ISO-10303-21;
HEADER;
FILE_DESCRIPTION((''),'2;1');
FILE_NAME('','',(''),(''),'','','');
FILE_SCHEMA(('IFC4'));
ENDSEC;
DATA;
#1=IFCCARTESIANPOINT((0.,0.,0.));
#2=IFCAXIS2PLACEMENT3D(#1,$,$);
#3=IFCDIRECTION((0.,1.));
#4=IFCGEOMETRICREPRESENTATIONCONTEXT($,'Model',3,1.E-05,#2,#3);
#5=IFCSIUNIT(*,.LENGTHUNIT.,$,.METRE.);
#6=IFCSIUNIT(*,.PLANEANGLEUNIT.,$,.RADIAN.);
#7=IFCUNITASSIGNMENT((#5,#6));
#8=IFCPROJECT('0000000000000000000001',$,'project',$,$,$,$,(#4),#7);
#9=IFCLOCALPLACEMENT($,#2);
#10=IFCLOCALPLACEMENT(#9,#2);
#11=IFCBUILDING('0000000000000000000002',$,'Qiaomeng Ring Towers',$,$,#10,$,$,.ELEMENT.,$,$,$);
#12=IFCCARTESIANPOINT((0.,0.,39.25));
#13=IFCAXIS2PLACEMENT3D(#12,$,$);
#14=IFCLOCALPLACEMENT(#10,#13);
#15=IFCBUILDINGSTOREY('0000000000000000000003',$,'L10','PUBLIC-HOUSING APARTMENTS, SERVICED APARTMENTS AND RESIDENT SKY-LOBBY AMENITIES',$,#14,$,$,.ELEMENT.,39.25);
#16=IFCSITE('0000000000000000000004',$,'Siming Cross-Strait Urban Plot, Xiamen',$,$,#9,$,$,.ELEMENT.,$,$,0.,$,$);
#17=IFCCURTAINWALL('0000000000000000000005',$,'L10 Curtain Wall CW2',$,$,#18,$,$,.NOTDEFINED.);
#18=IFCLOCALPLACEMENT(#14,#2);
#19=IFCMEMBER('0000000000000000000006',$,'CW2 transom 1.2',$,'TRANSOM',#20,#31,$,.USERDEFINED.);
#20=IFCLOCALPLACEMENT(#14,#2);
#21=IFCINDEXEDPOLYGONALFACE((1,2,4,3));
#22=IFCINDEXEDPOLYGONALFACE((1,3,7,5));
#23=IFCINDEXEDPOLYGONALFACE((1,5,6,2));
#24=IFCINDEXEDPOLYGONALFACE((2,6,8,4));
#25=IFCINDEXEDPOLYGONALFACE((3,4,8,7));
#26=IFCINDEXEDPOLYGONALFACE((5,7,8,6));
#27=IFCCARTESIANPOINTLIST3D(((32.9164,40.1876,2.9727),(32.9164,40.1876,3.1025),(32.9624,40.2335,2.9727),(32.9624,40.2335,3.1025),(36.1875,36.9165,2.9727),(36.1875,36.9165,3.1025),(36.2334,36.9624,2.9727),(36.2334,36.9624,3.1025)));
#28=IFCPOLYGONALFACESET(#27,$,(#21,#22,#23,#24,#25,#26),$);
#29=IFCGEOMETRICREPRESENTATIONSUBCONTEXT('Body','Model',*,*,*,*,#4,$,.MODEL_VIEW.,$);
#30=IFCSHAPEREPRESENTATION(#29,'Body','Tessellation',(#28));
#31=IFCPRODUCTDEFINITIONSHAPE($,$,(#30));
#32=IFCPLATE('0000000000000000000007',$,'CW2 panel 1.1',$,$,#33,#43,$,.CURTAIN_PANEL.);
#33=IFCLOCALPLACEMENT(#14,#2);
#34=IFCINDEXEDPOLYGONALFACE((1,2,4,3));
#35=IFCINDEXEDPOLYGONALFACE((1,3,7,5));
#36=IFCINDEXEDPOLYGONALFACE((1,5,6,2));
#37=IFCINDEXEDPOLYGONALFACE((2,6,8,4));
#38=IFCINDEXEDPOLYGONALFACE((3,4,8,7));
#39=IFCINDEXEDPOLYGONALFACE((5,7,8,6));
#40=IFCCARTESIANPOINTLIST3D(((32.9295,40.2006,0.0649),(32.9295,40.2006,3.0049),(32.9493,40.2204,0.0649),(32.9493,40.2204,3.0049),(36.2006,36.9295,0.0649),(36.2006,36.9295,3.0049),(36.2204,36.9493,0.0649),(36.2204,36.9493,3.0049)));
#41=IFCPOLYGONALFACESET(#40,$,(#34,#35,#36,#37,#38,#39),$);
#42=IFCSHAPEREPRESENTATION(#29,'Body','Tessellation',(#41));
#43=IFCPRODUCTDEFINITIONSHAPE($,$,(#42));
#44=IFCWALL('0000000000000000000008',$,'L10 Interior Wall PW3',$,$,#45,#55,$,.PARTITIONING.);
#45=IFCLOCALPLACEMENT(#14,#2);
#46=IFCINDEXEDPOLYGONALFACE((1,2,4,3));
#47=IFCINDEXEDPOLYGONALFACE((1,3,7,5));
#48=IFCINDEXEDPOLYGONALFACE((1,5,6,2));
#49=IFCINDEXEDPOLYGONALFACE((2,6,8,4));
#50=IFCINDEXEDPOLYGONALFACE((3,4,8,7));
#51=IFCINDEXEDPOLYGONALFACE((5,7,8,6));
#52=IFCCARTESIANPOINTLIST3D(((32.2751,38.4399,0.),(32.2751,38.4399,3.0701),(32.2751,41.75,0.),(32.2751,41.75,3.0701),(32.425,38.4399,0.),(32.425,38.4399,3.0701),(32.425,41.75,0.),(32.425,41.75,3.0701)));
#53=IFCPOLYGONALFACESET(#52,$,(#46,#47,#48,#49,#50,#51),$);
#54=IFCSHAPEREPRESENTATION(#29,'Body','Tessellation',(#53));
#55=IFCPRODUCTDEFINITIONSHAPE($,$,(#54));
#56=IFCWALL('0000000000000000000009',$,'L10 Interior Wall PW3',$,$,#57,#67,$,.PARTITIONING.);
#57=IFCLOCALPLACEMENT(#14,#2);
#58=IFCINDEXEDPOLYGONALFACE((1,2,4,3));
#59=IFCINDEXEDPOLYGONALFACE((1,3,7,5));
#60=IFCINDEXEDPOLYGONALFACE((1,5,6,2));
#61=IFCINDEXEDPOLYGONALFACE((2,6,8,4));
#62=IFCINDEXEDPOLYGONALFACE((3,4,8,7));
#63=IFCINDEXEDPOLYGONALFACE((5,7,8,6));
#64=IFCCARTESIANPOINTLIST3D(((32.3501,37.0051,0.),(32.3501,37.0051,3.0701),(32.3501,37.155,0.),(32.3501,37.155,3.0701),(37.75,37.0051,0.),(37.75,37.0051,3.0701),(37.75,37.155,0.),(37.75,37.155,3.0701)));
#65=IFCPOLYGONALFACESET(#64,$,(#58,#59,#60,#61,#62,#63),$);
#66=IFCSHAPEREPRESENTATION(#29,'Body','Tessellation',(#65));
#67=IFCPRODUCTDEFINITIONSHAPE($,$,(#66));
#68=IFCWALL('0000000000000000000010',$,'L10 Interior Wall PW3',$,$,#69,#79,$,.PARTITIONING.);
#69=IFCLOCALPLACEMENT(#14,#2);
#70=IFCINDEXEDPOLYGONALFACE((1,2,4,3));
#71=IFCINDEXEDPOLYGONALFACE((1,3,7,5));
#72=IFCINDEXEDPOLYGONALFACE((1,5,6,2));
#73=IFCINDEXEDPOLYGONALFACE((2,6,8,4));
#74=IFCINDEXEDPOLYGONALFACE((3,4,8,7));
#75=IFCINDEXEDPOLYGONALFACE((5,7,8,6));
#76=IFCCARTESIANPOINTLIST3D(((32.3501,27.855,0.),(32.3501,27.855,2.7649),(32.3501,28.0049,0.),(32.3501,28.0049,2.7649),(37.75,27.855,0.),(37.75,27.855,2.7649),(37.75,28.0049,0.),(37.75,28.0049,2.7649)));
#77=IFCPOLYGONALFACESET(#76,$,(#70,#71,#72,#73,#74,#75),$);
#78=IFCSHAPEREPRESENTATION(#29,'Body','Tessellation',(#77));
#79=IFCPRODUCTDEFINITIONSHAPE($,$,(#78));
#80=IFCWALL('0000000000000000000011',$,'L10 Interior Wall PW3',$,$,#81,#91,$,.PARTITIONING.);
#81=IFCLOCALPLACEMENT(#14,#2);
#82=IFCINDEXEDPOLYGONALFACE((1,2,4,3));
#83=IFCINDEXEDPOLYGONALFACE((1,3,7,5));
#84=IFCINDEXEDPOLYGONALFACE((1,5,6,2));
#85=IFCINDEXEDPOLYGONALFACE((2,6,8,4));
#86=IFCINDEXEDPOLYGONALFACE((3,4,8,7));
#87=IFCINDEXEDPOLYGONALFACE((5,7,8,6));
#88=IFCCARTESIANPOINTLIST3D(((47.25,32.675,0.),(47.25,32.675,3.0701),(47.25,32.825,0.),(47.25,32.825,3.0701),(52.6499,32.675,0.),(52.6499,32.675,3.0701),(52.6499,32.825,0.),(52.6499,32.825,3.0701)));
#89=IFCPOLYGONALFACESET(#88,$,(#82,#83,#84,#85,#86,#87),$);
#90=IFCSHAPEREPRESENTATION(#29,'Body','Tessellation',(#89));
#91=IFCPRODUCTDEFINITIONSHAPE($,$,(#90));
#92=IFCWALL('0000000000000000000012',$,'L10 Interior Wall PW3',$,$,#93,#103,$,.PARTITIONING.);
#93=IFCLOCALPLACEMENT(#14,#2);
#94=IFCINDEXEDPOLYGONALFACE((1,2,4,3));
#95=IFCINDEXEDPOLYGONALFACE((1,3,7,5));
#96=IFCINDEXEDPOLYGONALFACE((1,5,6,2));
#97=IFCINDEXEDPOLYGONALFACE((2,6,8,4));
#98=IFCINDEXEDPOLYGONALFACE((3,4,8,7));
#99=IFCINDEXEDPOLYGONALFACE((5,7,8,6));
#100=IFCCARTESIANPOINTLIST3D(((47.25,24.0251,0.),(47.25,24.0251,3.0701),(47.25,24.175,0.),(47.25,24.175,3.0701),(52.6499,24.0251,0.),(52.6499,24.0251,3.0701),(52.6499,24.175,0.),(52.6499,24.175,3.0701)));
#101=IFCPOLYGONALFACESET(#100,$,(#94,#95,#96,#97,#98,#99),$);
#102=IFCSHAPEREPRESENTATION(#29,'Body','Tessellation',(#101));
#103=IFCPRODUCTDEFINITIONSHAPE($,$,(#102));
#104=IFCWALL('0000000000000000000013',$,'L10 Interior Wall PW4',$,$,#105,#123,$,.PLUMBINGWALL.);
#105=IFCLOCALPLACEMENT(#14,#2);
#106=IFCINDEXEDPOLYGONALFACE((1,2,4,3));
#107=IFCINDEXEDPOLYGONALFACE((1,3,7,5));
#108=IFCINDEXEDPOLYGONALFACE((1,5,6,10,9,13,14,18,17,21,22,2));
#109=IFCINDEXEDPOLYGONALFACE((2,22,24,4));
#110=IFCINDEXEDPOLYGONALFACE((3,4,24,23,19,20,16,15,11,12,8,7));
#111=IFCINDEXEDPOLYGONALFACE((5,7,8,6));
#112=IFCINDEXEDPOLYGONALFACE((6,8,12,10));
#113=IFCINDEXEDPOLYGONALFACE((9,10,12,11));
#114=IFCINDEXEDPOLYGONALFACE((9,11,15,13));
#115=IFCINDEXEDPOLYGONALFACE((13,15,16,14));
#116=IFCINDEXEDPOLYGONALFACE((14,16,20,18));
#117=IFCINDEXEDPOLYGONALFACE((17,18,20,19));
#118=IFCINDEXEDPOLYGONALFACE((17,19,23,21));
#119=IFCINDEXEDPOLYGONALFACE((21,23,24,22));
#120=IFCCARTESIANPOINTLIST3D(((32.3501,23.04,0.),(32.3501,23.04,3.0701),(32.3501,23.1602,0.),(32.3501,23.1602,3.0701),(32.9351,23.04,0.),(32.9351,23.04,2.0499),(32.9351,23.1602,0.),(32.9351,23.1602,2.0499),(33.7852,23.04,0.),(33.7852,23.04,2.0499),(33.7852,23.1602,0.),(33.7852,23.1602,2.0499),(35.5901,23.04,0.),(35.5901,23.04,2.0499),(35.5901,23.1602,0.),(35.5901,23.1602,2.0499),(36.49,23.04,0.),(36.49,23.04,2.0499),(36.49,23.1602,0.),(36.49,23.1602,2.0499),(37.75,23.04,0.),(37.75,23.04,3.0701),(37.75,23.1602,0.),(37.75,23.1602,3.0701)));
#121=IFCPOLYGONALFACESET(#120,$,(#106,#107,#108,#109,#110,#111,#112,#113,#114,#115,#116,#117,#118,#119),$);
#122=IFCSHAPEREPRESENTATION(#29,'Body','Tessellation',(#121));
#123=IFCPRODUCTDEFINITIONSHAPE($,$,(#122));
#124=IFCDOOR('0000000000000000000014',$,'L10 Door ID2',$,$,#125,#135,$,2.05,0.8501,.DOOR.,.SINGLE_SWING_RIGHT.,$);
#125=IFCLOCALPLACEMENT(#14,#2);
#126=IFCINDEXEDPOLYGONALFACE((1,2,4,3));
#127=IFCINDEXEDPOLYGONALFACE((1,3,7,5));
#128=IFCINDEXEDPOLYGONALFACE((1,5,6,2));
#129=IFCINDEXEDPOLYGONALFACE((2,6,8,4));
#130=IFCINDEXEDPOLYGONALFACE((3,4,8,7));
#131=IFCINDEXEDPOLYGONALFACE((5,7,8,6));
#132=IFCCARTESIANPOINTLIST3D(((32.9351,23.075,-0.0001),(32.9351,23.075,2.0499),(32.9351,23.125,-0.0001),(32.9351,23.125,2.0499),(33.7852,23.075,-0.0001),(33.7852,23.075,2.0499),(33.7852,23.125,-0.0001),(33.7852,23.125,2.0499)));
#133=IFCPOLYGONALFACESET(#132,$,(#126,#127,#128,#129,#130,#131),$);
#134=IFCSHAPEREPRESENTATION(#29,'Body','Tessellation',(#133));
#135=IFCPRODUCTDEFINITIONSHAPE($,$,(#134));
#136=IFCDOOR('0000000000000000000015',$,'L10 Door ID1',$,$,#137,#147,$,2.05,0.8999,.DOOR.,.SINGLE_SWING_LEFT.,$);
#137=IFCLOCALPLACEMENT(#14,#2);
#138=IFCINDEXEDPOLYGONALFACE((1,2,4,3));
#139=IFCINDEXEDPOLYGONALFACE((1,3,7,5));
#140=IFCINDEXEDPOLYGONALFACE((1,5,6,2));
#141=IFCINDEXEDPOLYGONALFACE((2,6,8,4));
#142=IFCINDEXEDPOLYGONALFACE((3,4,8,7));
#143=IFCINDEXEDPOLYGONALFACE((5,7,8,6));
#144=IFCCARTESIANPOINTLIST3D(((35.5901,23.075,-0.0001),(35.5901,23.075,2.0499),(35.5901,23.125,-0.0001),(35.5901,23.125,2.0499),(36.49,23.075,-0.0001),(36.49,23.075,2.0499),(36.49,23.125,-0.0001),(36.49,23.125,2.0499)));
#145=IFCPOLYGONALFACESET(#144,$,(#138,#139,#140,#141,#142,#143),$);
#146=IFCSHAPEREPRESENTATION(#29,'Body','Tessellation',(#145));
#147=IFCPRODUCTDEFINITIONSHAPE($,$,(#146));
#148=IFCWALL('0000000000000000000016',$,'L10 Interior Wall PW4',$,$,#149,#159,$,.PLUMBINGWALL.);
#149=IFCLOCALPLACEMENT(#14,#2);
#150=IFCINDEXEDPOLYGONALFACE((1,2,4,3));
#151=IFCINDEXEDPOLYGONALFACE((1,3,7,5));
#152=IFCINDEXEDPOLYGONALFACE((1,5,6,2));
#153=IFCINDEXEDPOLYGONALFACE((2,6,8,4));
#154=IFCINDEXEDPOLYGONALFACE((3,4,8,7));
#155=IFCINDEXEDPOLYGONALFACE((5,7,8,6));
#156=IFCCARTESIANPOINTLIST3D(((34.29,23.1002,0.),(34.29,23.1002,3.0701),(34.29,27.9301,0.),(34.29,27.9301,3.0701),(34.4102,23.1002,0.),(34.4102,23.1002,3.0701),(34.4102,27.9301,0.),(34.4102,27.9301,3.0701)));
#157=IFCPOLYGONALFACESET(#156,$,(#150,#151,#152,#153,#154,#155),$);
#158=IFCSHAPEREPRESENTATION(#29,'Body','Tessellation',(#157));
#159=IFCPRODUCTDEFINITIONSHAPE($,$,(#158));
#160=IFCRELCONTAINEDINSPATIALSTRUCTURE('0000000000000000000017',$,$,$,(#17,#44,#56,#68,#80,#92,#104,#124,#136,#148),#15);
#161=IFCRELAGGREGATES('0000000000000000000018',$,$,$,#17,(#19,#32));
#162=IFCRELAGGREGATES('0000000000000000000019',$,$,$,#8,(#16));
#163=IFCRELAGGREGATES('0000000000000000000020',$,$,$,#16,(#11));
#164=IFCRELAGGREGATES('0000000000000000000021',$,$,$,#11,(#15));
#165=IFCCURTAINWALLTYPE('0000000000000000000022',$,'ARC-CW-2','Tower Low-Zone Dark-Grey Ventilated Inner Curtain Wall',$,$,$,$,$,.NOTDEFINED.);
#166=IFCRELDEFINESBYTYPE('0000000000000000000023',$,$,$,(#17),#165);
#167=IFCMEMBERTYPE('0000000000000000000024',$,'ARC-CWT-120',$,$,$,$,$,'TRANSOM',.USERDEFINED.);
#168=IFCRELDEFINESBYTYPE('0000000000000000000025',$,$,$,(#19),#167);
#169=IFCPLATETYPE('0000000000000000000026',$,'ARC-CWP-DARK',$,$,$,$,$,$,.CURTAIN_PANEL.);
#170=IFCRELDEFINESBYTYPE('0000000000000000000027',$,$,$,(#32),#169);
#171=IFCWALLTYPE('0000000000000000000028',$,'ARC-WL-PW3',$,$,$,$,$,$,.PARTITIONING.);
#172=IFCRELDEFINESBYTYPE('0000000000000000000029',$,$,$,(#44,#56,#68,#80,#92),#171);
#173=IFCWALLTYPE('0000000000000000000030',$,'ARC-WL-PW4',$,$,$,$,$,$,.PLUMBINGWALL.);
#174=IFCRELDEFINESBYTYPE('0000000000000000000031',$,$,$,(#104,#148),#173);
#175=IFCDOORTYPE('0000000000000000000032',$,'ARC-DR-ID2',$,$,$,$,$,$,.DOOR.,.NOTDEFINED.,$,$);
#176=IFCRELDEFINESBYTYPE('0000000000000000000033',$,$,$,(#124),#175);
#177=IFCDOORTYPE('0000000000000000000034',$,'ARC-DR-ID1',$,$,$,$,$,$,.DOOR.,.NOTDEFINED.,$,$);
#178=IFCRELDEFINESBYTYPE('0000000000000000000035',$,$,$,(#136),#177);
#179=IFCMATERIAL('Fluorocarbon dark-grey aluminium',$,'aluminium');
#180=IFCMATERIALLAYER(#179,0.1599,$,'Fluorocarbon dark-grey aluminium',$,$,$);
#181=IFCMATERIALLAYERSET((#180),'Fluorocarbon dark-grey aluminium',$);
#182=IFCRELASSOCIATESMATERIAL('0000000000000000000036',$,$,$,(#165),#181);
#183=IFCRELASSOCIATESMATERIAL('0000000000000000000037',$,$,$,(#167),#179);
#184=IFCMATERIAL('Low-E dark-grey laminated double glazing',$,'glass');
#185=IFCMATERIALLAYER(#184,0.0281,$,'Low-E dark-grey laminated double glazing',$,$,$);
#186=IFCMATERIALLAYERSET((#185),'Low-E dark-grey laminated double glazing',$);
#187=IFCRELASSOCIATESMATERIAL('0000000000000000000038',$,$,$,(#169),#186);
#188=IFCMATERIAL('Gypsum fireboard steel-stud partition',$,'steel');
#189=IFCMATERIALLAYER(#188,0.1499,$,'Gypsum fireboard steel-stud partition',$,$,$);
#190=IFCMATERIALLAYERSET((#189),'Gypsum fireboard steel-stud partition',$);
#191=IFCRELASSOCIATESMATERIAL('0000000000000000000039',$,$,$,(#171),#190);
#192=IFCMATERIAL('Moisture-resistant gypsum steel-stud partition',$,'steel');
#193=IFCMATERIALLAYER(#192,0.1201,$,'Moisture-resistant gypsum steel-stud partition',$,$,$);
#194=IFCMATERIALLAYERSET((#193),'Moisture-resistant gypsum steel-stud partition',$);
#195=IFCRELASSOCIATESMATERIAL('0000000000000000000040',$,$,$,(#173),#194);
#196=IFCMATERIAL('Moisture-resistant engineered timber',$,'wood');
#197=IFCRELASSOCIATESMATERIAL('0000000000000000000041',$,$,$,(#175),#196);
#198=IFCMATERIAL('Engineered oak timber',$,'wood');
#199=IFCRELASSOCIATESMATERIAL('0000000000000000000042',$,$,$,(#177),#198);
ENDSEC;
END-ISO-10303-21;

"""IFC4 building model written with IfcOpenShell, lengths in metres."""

from ifc_helpers import new_model, si_unit, direction, frame, frame_2d, origin, origin_2d, place, context, subcontext, project, spatial, rectangle, extrude, source, transform, mapped, material, layer, layer_set, material_profile, profile_set, type_object, element, fill, aggregate, save


model = new_model("IFC4")

# Units and contexts
model_context = context("Model", 3, precision=1e-05, world=origin(), true_north=direction((0.0, 1.0)))
body_context = subcontext(model_context, "Body", "Model", "MODEL_VIEW")
ifc_project = project(units=[si_unit("LENGTHUNIT", "METRE"), si_unit("PLANEANGLEUNIT", "RADIAN")], contexts=[model_context])

# Site, building, storey
site_placement = place(None, origin())
site = spatial("IfcSite", under=ifc_project, at=site_placement, Name="Siming Cross-Strait Urban Plot, Xiamen", CompositionType="ELEMENT", RefElevation=0.0)
building_placement = place(site_placement, origin())
building = spatial("IfcBuilding", under=site, at=building_placement, Name="Qiaomeng Ring Towers", CompositionType="ELEMENT")
storey_placement = place(building_placement, frame((0.0, 0.0, 39.25)))
storey = spatial("IfcBuildingStorey", under=building, at=storey_placement, Name="L10", Description="PUBLIC-HOUSING APARTMENTS, SERVICED APARTMENTS AND RESIDENT SKY-LOBBY AMENITIES", CompositionType="ELEMENT", Elevation=39.25)

# Curtain wall, member, plate
ifc_material_1 = material(Name="Fluorocarbon dark-grey aluminium", Category="aluminium")
ifc_layer_1 = layer(ifc_material_1, 0.1599, Name="Fluorocarbon dark-grey aluminium")
ifc_layer_set_1 = layer_set([ifc_layer_1], Name="Fluorocarbon dark-grey aluminium")
curtain_wall_type = type_object("IfcCurtainWallType", Name="ARC-CW-2", Description="Tower Low-Zone Dark-Grey Ventilated Inner Curtain Wall", PredefinedType="NOTDEFINED", material=ifc_layer_set_1)
curtain_wall_placement = place(storey_placement, origin())
curtain_wall = element("IfcCurtainWall", 1, at=curtain_wall_placement, inside=storey, type_object=curtain_wall_type, Name="L10 Curtain Wall CW2", PredefinedType="NOTDEFINED")
ifc_material_profile_1 = material_profile(ifc_material_1, rectangle(XDim=0.0649, YDim=0.1299, at=origin_2d()), Name="ALU TRAN 65x130")
ifc_profile_set_1 = profile_set([ifc_material_profile_1], Name="Fluorocarbon dark-grey aluminium")
member_type_1 = type_object("IfcMemberType", Name="ARC-CWT-120", ElementType="TRANSOM", PredefinedType="USERDEFINED", material=ifc_profile_set_1)
shared_shape_1 = source(origin(), body_context, "Body", "SweptSolid", [
    extrude(rectangle(XDim=0.0649, YDim=0.1299, at=origin_2d()), origin(), (0.0, 0.0, 1.0), 4.626),
])
member_1_placement = place(storey_placement, frame((36.2104, 36.9395, 3.0376), z_axis=(-0.707107, 0.707107, 0.0), x_axis=(-0.707107, -0.707107, 0.0)))
member_1 = element("IfcMember", 2, at=member_1_placement, type_object=member_type_1, Name="CW2 transom 1.2", ObjectType="TRANSOM", PredefinedType="USERDEFINED", context=body_context, shape_type="MappedRepresentation", body=[
    mapped(shared_shape_1, transform((0.0, 0.0, 0.0), x_axis=(1.0, 0.0, 0.0), y_axis=(0.0, 1.0, 0.0), z_axis=(0.0, 0.0, 1.0), scale=1.0)),
])
ifc_material_2 = material(Name="Low-E dark-grey laminated double glazing", Category="glass")
ifc_layer_2 = layer(ifc_material_2, 0.0281, Name="Low-E dark-grey laminated double glazing")
ifc_layer_set_2 = layer_set([ifc_layer_2], Name="Low-E dark-grey laminated double glazing")
plate_type = type_object("IfcPlateType", Name="ARC-CWP-DARK", PredefinedType="CURTAIN_PANEL", material=ifc_layer_set_2)
shared_shape_2 = source(origin(), body_context, "Body", "SweptSolid", [
    extrude(rectangle(XDim=4.626, YDim=0.0281, at=origin_2d()), origin(), (0.0, 0.0, 1.0), 2.9399),
])
plate_placement = place(storey_placement, frame((34.575, 38.575, 0.0649), z_axis=(0.0, 0.0, 1.0), x_axis=(-0.707107, 0.707107, 0.0)))
plate = element("IfcPlate", 3, at=plate_placement, type_object=plate_type, Name="CW2 panel 1.1", PredefinedType="CURTAIN_PANEL", context=body_context, shape_type="MappedRepresentation", body=[
    mapped(shared_shape_2, transform((0.0, 0.0, 0.0), x_axis=(1.0, 0.0, 0.0), y_axis=(0.0, 1.0, 0.0), z_axis=(0.0, 0.0, 1.0), scale=1.0)),
])
aggregate(curtain_wall, [member_1, plate])

# Walls
ifc_material_3 = material(Name="Gypsum fireboard steel-stud partition", Category="steel")
ifc_layer_3 = layer(ifc_material_3, 0.1499, Name="Gypsum fireboard steel-stud partition")
ifc_layer_set_3 = layer_set([ifc_layer_3], Name="Gypsum fireboard steel-stud partition")
wall_type_1 = type_object("IfcWallType", Name="ARC-WL-PW3", PredefinedType="PARTITIONING", material=ifc_layer_set_3)
wall_1_placement = place(storey_placement, frame((32.3501, 38.4399, 0.0), z_axis=(0.0, 0.0, 1.0), x_axis=(0.0, 1.0, 0.0)))
element("IfcWall", 4, at=wall_1_placement, inside=storey, type_object=wall_type_1, Name="L10 Interior Wall PW3", PredefinedType="PARTITIONING", context=body_context, shape_type="SweptSolid", body=[
    extrude(rectangle(XDim=3.3101, YDim=0.1499, at=frame_2d((1.655, 0.0))), origin(), (0.0, 0.0, 1.0), 3.0701),
])
wall_2_placement = place(storey_placement, frame((32.3501, 37.0801, 0.0), z_axis=(0.0, 0.0, 1.0), x_axis=(1.0, 0.0, 0.0)))
element("IfcWall", 5, at=wall_2_placement, inside=storey, type_object=wall_type_1, Name="L10 Interior Wall PW3", PredefinedType="PARTITIONING", context=body_context, shape_type="SweptSolid", body=[
    extrude(rectangle(XDim=5.3999, YDim=0.1499, at=frame_2d((2.7, 0.0))), origin(), (0.0, 0.0, 1.0), 3.0701),
])
wall_3_placement = place(storey_placement, frame((32.3501, 27.9299, 0.0), z_axis=(0.0, 0.0, 1.0), x_axis=(1.0, 0.0, 0.0)))
element("IfcWall", 6, at=wall_3_placement, inside=storey, type_object=wall_type_1, Name="L10 Interior Wall PW3", PredefinedType="PARTITIONING", context=body_context, shape_type="SweptSolid", body=[
    extrude(rectangle(XDim=5.3999, YDim=0.1499, at=frame_2d((2.7, 0.0))), origin(), (0.0, 0.0, 1.0), 2.7649),
])
for number, where, z_axis, x_axis, name in (
    (7, (47.25, 32.75, 0.0), (0.0, 0.0, 1.0), (1.0, 0.0, 0.0), "L10 Interior Wall PW3"),
    (8, (47.25, 24.1001, 0.0), (0.0, 0.0, 1.0), (1.0, 0.0, 0.0), "L10 Interior Wall PW3"),
):
    element("IfcWall", number, at=place(storey_placement, frame(where, z_axis=z_axis, x_axis=x_axis)), inside=storey, type_object=wall_type_1, Name=name, PredefinedType="PARTITIONING", context=body_context, shape_type="SweptSolid", body=[
        extrude(rectangle(XDim=5.3999, YDim=0.1499, at=frame_2d((2.7, 0.0))), origin(), (0.0, 0.0, 1.0), 3.0701),
    ])

# Wall, openings, doors
ifc_material_4 = material(Name="Moisture-resistant gypsum steel-stud partition", Category="steel")
ifc_layer_4 = layer(ifc_material_4, 0.1201, Name="Moisture-resistant gypsum steel-stud partition")
ifc_layer_set_4 = layer_set([ifc_layer_4], Name="Moisture-resistant gypsum steel-stud partition")
wall_type_2 = type_object("IfcWallType", Name="ARC-WL-PW4", PredefinedType="PLUMBINGWALL", material=ifc_layer_set_4)
wall_4_placement = place(storey_placement, frame((32.3501, 23.1001, 0.0), z_axis=(0.0, 0.0, 1.0), x_axis=(1.0, 0.0, 0.0)))
wall_4 = element("IfcWall", 9, at=wall_4_placement, inside=storey, type_object=wall_type_2, Name="L10 Interior Wall PW4", PredefinedType="PLUMBINGWALL", context=body_context, shape_type="SweptSolid", body=[
    extrude(rectangle(XDim=5.3999, YDim=0.1201, at=frame_2d((2.7, 0.0))), origin(), (0.0, 0.0, 1.0), 3.0701),
])
opening_1_placement = place(wall_4_placement, frame((0.585, 0.0, 0.0)))
opening_1 = element("IfcOpeningElement", 10, at=opening_1_placement, cuts=wall_4, PredefinedType="OPENING", context=body_context, shape_type="SweptSolid", body=[
    extrude(rectangle(XDim=0.8501, YDim=2.05, at=frame_2d((0.425, 1.0249))), frame((0.0, 0.0701, 0.0), z_axis=(0.0, -1.0, 0.0), x_axis=(1.0, 0.0, 0.0)), (0.0, 0.0, 1.0), 0.1401),
])
opening_2_placement = place(wall_4_placement, frame((3.24, 0.0, 0.0)))
opening_2 = element("IfcOpeningElement", 11, at=opening_2_placement, cuts=wall_4, PredefinedType="OPENING", context=body_context, shape_type="SweptSolid", body=[
    extrude(rectangle(XDim=0.8999, YDim=2.05, at=frame_2d((0.45, 1.0249))), frame((0.0, 0.0701, 0.0), z_axis=(0.0, -1.0, 0.0), x_axis=(1.0, 0.0, 0.0)), (0.0, 0.0, 1.0), 0.1401),
])
ifc_material_5 = material(Name="Moisture-resistant engineered timber", Category="wood")
door_type_1 = type_object("IfcDoorType", Name="ARC-DR-ID2", OperationType="NOTDEFINED", PredefinedType="DOOR", material=ifc_material_5)
shared_shape_3 = source(origin(), body_context, "Body", "SweptSolid", [
    extrude(rectangle(XDim=0.8501, YDim=2.05, at=frame_2d((0.425, 1.0249))), frame((0.0, 0.0249, 0.0), z_axis=(0.0, -1.0, 0.0), x_axis=(1.0, 0.0, 0.0)), (0.0, 0.0, 1.0), 0.05),
])
door_1_placement = place(opening_1_placement, origin())
door_1 = element("IfcDoor", 12, at=door_1_placement, inside=storey, type_object=door_type_1, Name="L10 Door ID2", OperationType="SINGLE_SWING_RIGHT", OverallHeight=2.05, OverallWidth=0.8501, PredefinedType="DOOR", context=body_context, shape_type="MappedRepresentation", body=[
    mapped(shared_shape_3, transform((0.0, 0.0, 0.0), x_axis=(1.0, 0.0, 0.0), y_axis=(0.0, 1.0, 0.0), z_axis=(0.0, 0.0, 1.0), scale=1.0)),
])
fill(opening_1, door_1)
ifc_material_6 = material(Name="Engineered oak timber", Category="wood")
door_type_2 = type_object("IfcDoorType", Name="ARC-DR-ID1", OperationType="NOTDEFINED", PredefinedType="DOOR", material=ifc_material_6)
shared_shape_4 = source(origin(), body_context, "Body", "SweptSolid", [
    extrude(rectangle(XDim=0.8999, YDim=2.05, at=frame_2d((0.45, 1.0249))), frame((0.0, 0.0249, 0.0), z_axis=(0.0, -1.0, 0.0), x_axis=(1.0, 0.0, 0.0)), (0.0, 0.0, 1.0), 0.05),
])
door_2_placement = place(opening_2_placement, origin())
door_2 = element("IfcDoor", 13, at=door_2_placement, inside=storey, type_object=door_type_2, Name="L10 Door ID1", OperationType="SINGLE_SWING_LEFT", OverallHeight=2.05, OverallWidth=0.8999, PredefinedType="DOOR", context=body_context, shape_type="MappedRepresentation", body=[
    mapped(shared_shape_4, transform((0.0, 0.0, 0.0), x_axis=(1.0, 0.0, 0.0), y_axis=(0.0, 1.0, 0.0), z_axis=(0.0, 0.0, 1.0), scale=1.0)),
])
fill(opening_2, door_2)

# Wall
wall_5_placement = place(storey_placement, frame((34.3501, 23.1001, 0.0), z_axis=(0.0, 0.0, 1.0), x_axis=(0.0, 1.0, 0.0)))
element("IfcWall", 14, at=wall_5_placement, inside=storey, type_object=wall_type_2, Name="L10 Interior Wall PW4", PredefinedType="PLUMBINGWALL", context=body_context, shape_type="SweptSolid", body=[
    extrude(rectangle(XDim=4.8298, YDim=0.1201, at=frame_2d((2.415, 0.0))), origin(), (0.0, 0.0, 1.0), 3.0701),
])

save(model, "model.ifc")
